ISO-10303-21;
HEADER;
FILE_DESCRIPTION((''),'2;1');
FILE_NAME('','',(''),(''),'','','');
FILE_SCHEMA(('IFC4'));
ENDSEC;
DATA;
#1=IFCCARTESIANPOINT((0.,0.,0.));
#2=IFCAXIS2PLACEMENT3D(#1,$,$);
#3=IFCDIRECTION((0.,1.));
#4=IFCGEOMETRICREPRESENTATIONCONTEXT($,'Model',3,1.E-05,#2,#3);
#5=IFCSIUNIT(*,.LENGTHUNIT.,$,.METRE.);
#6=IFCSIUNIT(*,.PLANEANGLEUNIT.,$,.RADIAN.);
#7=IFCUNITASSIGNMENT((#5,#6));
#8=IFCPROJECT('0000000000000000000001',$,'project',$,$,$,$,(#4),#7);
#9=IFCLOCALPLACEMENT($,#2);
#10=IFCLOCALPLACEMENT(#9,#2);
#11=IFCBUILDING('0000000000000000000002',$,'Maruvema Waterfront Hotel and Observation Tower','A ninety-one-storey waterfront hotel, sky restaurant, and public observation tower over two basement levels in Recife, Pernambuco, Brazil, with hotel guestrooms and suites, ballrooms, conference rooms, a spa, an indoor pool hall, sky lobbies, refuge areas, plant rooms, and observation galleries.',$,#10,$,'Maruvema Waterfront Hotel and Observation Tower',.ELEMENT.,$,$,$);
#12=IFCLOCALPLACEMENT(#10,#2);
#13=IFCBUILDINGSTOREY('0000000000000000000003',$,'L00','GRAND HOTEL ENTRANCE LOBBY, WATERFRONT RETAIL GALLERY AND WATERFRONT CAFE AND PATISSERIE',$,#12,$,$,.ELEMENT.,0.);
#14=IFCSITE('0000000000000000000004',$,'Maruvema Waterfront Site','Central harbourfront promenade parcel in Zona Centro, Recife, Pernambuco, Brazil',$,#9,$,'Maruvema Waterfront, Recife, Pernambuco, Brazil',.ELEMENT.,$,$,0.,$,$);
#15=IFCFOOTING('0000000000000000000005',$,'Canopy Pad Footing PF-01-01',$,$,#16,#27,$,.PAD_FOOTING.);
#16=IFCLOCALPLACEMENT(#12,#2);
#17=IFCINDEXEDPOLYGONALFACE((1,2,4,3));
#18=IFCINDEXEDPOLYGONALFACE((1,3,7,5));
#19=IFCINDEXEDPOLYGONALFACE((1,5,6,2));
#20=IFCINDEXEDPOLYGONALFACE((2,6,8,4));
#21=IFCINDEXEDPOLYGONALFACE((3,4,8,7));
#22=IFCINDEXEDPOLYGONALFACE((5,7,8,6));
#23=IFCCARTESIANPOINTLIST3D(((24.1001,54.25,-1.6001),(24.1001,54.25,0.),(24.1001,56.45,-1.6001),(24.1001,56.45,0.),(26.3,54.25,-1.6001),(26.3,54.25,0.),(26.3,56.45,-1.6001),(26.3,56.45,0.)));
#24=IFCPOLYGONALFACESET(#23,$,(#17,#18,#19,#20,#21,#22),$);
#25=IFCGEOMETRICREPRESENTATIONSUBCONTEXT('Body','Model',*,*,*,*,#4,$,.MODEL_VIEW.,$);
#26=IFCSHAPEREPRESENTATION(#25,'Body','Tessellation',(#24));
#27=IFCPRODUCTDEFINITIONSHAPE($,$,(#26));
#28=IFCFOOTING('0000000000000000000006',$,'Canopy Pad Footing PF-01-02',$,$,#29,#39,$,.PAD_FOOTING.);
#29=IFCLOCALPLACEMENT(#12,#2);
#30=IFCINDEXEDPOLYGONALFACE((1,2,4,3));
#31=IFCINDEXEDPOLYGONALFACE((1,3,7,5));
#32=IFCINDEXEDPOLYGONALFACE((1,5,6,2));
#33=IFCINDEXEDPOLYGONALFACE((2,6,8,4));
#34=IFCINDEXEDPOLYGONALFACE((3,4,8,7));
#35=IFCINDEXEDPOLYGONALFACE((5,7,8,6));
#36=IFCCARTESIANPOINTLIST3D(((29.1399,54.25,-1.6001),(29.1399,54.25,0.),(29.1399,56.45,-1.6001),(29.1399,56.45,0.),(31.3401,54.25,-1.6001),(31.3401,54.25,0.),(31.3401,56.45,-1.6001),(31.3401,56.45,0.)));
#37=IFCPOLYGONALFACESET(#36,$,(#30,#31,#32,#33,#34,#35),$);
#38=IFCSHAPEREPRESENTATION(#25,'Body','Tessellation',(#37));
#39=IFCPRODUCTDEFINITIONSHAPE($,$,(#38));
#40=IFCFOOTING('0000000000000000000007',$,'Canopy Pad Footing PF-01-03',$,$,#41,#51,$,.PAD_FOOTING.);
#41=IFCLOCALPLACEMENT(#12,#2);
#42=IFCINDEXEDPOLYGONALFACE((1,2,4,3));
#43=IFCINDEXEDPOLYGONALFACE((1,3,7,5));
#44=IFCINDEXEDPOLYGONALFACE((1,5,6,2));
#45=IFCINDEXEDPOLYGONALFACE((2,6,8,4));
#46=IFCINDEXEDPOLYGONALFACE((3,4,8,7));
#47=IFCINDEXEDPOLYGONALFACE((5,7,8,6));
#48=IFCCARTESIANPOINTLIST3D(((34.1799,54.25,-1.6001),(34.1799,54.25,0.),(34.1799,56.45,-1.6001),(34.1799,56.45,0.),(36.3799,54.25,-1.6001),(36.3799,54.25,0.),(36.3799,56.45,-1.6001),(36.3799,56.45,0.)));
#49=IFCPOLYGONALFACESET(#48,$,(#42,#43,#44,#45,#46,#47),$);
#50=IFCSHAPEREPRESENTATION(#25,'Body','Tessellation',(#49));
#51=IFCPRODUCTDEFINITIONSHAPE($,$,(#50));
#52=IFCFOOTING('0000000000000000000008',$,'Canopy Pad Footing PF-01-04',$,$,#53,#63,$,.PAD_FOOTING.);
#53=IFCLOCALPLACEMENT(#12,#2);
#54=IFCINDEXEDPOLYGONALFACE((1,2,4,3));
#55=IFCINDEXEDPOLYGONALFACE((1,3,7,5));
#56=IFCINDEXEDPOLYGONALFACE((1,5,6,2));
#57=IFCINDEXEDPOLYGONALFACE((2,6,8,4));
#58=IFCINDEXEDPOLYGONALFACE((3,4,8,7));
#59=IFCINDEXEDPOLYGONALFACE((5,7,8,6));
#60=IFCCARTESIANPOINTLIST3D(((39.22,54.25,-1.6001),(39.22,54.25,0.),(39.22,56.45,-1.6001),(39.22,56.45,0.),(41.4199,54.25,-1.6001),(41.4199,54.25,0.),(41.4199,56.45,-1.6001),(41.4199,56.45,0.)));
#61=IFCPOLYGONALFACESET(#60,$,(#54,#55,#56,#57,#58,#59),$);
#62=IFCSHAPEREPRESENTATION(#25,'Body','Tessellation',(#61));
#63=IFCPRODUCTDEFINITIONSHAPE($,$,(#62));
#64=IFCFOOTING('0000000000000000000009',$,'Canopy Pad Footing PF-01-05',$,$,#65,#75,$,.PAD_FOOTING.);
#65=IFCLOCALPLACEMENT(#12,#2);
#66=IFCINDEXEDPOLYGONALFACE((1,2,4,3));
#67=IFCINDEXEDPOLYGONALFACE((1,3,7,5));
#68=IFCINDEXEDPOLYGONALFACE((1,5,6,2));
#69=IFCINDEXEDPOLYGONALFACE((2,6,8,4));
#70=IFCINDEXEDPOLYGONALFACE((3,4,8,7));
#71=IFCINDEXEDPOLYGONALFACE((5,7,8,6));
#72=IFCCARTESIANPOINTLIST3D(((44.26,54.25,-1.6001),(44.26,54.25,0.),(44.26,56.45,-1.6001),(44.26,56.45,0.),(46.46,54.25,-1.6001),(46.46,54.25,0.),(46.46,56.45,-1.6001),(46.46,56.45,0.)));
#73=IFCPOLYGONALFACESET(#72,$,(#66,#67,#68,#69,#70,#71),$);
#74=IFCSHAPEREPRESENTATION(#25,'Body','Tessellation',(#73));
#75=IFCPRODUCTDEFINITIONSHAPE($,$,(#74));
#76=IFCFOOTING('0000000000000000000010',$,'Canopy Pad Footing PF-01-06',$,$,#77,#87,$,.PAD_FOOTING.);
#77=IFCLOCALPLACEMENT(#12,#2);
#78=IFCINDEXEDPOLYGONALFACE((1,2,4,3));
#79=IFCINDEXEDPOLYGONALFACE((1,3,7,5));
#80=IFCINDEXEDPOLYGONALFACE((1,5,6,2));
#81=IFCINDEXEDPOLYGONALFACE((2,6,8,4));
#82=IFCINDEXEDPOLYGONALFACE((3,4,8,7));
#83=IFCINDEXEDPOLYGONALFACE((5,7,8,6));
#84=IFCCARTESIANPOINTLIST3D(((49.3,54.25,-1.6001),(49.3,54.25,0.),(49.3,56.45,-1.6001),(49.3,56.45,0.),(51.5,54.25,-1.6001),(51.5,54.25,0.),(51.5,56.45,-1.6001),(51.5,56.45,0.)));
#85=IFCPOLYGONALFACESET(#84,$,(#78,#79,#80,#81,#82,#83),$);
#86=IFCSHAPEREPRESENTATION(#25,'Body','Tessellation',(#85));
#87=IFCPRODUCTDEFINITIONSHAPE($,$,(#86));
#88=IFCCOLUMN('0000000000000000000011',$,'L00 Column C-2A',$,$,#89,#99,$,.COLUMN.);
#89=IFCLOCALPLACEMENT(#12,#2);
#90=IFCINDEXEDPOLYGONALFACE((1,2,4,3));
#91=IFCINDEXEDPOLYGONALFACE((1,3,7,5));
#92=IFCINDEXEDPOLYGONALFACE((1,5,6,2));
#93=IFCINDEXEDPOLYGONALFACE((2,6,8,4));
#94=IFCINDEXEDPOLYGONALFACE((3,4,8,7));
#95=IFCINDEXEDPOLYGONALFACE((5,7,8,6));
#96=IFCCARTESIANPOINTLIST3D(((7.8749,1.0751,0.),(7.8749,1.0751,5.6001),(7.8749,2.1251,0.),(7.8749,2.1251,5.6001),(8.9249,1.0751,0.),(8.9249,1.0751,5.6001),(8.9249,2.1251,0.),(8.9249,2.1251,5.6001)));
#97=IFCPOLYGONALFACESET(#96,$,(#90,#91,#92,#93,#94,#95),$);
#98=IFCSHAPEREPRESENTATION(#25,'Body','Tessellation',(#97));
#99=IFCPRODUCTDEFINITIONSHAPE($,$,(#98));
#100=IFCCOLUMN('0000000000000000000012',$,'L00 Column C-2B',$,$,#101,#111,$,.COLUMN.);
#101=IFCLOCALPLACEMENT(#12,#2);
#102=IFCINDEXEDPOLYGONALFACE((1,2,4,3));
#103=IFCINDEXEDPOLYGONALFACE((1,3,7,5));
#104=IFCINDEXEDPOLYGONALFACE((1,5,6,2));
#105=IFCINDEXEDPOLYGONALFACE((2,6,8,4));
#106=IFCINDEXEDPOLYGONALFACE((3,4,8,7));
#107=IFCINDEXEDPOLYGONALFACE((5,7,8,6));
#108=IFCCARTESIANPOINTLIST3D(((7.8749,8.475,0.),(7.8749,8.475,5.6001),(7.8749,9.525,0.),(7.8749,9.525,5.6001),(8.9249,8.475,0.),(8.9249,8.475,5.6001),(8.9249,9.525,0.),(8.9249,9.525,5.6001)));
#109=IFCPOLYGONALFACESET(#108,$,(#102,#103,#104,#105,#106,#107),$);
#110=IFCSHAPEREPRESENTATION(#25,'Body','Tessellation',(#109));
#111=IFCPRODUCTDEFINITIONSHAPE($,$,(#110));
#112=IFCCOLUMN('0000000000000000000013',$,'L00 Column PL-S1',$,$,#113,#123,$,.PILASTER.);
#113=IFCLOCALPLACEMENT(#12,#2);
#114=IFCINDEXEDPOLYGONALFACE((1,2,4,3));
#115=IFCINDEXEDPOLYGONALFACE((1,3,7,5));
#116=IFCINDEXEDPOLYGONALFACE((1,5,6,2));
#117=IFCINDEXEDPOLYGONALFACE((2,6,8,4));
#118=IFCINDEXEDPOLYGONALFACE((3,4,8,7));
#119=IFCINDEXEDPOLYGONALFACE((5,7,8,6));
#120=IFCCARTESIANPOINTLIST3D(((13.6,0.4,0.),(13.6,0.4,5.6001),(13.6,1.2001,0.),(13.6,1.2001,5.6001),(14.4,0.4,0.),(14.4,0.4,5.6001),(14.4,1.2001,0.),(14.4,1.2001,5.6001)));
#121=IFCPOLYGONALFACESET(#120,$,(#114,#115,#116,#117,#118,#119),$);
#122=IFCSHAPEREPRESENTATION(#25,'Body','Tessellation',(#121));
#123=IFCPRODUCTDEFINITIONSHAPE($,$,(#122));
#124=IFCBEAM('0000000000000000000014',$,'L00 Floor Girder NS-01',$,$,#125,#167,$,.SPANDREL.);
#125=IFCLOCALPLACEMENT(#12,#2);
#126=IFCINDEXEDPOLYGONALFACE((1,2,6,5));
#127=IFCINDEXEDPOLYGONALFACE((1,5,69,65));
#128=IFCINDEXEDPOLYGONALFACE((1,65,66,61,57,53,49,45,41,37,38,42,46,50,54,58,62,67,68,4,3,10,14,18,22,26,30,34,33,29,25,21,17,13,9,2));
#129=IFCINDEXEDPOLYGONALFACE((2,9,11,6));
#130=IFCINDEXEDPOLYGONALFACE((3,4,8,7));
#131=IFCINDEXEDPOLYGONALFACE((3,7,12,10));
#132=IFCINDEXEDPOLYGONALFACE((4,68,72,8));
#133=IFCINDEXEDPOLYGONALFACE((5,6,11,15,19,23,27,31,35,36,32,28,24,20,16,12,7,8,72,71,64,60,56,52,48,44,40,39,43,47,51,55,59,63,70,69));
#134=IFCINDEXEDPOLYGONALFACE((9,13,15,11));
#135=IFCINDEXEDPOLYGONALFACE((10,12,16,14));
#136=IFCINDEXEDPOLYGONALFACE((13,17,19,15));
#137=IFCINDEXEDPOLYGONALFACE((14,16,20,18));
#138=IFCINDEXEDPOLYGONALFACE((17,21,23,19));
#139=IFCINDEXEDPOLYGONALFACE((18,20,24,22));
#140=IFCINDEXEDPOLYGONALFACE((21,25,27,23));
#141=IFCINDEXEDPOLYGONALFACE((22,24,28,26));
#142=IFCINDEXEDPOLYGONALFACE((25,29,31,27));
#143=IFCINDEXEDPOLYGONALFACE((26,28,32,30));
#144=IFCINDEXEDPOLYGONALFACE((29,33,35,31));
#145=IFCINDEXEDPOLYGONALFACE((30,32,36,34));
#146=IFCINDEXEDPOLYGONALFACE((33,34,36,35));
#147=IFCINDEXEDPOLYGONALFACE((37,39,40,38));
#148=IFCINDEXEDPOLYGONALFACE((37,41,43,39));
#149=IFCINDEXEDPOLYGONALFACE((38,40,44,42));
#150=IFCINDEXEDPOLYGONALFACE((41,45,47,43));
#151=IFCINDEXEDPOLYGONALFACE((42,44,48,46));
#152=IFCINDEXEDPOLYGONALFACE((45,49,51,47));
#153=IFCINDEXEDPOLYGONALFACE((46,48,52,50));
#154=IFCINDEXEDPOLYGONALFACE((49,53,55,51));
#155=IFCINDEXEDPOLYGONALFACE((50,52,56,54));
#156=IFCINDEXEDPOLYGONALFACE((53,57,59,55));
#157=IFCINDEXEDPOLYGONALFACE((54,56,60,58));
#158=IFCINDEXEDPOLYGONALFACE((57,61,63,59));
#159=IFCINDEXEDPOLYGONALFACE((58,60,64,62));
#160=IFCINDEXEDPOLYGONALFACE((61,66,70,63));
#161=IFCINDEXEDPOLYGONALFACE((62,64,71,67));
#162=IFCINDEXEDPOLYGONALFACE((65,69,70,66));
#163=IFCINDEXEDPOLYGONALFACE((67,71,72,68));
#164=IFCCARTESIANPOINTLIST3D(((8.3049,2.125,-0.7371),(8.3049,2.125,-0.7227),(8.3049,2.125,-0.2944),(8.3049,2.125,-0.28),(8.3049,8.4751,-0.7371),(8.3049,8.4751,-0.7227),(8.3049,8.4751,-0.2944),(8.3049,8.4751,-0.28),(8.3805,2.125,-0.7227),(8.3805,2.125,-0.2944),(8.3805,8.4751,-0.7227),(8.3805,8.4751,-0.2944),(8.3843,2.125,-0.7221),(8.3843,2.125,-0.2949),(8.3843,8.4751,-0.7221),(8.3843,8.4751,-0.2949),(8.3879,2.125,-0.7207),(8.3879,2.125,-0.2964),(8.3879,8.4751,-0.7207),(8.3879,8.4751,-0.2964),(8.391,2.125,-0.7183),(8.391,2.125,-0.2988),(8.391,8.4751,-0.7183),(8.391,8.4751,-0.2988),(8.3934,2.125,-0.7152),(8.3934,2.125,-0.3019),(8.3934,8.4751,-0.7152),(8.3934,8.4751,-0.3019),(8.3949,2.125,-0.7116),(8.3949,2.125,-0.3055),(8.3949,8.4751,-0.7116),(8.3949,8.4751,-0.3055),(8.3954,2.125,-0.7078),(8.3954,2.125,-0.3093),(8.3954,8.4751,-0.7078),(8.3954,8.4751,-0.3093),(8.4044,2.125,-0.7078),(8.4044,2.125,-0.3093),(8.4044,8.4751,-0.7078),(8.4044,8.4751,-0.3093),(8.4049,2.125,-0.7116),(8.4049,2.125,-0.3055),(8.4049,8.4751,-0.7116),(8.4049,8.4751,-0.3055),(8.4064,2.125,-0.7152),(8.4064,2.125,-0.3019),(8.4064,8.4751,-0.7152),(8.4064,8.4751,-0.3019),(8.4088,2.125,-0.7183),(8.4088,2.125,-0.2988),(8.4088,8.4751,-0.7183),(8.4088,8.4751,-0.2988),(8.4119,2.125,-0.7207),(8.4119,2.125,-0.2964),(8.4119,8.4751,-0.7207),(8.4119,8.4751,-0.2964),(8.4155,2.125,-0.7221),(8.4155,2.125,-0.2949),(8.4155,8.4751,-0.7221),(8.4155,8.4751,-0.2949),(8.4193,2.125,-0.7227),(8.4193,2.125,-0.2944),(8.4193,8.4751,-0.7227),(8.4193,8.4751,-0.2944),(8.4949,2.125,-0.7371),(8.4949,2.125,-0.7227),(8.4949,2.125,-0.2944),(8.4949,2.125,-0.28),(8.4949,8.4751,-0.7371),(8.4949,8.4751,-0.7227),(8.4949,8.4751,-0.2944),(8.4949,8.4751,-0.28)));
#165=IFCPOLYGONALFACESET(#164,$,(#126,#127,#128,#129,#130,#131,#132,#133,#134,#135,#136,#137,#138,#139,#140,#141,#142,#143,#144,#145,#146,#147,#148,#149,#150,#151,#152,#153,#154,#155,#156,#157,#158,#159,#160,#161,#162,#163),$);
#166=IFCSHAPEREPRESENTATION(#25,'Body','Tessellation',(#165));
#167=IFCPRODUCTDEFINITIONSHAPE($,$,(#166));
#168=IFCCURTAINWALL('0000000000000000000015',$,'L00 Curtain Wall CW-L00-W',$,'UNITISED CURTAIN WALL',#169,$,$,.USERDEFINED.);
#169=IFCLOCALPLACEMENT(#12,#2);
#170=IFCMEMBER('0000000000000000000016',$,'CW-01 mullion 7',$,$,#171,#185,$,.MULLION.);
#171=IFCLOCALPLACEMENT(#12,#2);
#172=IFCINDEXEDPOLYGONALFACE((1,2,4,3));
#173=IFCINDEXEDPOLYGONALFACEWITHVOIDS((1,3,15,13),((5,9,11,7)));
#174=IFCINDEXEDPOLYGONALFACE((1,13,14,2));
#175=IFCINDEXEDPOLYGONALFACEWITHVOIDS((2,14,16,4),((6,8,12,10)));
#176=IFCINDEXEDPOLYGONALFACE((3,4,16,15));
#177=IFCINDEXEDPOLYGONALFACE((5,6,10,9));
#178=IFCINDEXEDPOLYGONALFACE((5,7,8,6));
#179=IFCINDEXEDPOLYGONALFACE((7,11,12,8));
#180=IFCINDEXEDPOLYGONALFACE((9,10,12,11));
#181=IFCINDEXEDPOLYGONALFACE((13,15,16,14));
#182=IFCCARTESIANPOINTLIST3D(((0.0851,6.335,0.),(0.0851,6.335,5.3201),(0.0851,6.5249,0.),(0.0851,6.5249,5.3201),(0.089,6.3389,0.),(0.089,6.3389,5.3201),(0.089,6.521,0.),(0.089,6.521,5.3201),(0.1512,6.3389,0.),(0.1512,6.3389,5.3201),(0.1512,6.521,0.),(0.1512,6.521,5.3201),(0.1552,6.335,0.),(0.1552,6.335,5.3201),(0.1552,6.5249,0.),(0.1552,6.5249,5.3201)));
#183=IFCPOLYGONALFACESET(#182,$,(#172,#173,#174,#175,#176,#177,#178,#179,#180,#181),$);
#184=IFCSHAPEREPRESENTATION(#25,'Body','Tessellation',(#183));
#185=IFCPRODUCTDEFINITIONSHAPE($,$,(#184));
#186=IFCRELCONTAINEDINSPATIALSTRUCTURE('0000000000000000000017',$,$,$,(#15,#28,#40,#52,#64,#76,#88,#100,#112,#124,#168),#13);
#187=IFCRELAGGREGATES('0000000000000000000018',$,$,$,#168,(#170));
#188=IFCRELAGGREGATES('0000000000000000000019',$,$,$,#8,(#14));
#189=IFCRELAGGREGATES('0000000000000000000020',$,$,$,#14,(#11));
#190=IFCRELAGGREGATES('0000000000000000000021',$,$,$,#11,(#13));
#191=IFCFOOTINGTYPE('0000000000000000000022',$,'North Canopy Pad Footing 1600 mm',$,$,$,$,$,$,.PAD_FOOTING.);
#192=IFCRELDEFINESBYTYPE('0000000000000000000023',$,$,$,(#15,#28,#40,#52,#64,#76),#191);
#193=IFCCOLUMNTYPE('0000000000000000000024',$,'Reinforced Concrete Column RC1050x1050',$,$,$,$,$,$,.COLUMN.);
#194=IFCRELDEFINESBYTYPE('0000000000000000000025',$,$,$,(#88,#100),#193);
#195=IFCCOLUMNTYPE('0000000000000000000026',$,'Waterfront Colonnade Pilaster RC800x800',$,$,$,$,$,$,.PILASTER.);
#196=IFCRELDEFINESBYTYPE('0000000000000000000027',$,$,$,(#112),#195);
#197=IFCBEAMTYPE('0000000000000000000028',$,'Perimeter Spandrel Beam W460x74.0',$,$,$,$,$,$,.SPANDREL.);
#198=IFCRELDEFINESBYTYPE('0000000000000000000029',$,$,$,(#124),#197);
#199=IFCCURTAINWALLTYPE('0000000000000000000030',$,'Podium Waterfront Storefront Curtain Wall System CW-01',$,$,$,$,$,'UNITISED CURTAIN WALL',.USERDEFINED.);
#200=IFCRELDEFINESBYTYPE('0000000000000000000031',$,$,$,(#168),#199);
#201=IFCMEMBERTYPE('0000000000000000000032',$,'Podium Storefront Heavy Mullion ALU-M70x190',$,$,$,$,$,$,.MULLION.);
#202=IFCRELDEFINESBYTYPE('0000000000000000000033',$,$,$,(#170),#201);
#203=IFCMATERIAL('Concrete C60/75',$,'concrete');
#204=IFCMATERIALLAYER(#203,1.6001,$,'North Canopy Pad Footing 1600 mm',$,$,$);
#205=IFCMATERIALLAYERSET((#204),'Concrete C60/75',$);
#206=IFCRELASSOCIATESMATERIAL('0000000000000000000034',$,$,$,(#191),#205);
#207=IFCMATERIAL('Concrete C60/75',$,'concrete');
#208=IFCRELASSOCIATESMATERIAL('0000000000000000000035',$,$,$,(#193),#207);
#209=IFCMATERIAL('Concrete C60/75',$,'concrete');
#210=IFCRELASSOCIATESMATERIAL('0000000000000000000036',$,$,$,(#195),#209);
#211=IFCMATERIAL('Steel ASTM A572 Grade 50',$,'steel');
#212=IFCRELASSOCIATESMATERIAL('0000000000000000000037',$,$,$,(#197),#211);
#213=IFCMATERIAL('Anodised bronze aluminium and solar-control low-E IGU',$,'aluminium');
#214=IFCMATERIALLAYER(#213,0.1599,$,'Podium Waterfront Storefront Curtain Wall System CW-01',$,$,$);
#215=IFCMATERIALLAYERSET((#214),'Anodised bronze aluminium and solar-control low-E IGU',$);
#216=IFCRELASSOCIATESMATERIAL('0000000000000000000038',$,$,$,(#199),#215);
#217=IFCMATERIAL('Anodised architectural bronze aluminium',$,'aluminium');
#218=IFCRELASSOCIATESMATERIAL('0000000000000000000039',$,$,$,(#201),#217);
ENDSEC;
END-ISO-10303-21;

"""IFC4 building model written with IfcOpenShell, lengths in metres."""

from ifc_helpers import new_model, si_unit, direction, frame, origin, origin_2d, place, context, subcontext, project, spatial, polyline, rectangle, hollow_rectangle, i_section, outline, extrude, material, layer, layer_set, material_profile, profile_set, type_object, element, aggregate, save


model = new_model("IFC4")

# Units and contexts
model_context = context("Model", 3, precision=1e-05, world=origin(), true_north=direction((0.0, 1.0)))
body_context = subcontext(model_context, "Body", "Model", "MODEL_VIEW")
ifc_project = project(units=[si_unit("LENGTHUNIT", "METRE"), si_unit("PLANEANGLEUNIT", "RADIAN")], contexts=[model_context])

# Site, building, storey
site_placement = place(None, origin())
site = spatial("IfcSite", under=ifc_project, at=site_placement, Name="Maruvema Waterfront Site", Description="Central harbourfront promenade parcel in Zona Centro, Recife, Pernambuco, Brazil", LongName="Maruvema Waterfront, Recife, Pernambuco, Brazil", CompositionType="ELEMENT", RefElevation=0.0)
building_placement = place(site_placement, origin())
building = spatial("IfcBuilding", under=site, at=building_placement, Name="Maruvema Waterfront Hotel and Observation Tower", Description="A ninety-one-storey waterfront hotel, sky restaurant, and public observation tower over two basement levels in Recife, Pernambuco, Brazil, with hotel guestrooms and suites, ballrooms, conference rooms, a spa, an indoor pool hall, sky lobbies, refuge areas, plant rooms, and observation galleries.", LongName="Maruvema Waterfront Hotel and Observation Tower", CompositionType="ELEMENT")
storey_placement = place(building_placement, origin())
storey = spatial("IfcBuildingStorey", under=building, at=storey_placement, Name="L00", Description="GRAND HOTEL ENTRANCE LOBBY, WATERFRONT RETAIL GALLERY AND WATERFRONT CAFE AND PATISSERIE", CompositionType="ELEMENT", Elevation=0.0)

# Footings
ifc_material_1 = material(Name="Concrete C60/75", Category="concrete")
ifc_layer_1 = layer(ifc_material_1, 1.6001, Name="North Canopy Pad Footing 1600 mm")
ifc_layer_set_1 = layer_set([ifc_layer_1], Name="Concrete C60/75")
footing_type = type_object("IfcFootingType", Name="North Canopy Pad Footing 1600 mm", PredefinedType="PAD_FOOTING", material=ifc_layer_set_1)
footing_1_placement = place(storey_placement, frame((0.0, 0.0, -1.6001)))
element("IfcFooting", 1, at=footing_1_placement, inside=storey, type_object=footing_type, Name="Canopy Pad Footing PF-01-01", PredefinedType="PAD_FOOTING", context=body_context, shape_type="SweptSolid", body=[
    extrude(outline(polyline([(24.1001, 54.25), (26.3, 54.25), (26.3, 56.45), (24.1001, 56.45), (24.1001, 54.25)])), origin(), (0.0, 0.0, 1.0), 1.6001),
])
footing_2_placement = place(storey_placement, frame((0.0, 0.0, -1.6001)))
element("IfcFooting", 2, at=footing_2_placement, inside=storey, type_object=footing_type, Name="Canopy Pad Footing PF-01-02", PredefinedType="PAD_FOOTING", context=body_context, shape_type="SweptSolid", body=[
    extrude(outline(polyline([(29.1399, 54.25), (31.3401, 54.25), (31.3401, 56.45), (29.1399, 56.45), (29.1399, 54.25)])), origin(), (0.0, 0.0, 1.0), 1.6001),
])
footing_3_placement = place(storey_placement, frame((0.0, 0.0, -1.6001)))
element("IfcFooting", 3, at=footing_3_placement, inside=storey, type_object=footing_type, Name="Canopy Pad Footing PF-01-03", PredefinedType="PAD_FOOTING", context=body_context, shape_type="SweptSolid", body=[
    extrude(outline(polyline([(34.1799, 54.25), (36.3799, 54.25), (36.3799, 56.45), (34.1799, 56.45), (34.1799, 54.25)])), origin(), (0.0, 0.0, 1.0), 1.6001),
])
footing_4_placement = place(storey_placement, frame((0.0, 0.0, -1.6001)))
element("IfcFooting", 4, at=footing_4_placement, inside=storey, type_object=footing_type, Name="Canopy Pad Footing PF-01-04", PredefinedType="PAD_FOOTING", context=body_context, shape_type="SweptSolid", body=[
    extrude(outline(polyline([(39.22, 54.25), (41.4199, 54.25), (41.4199, 56.45), (39.22, 56.45), (39.22, 54.25)])), origin(), (0.0, 0.0, 1.0), 1.6001),
])
footing_5_placement = place(storey_placement, frame((0.0, 0.0, -1.6001)))
element("IfcFooting", 5, at=footing_5_placement, inside=storey, type_object=footing_type, Name="Canopy Pad Footing PF-01-05", PredefinedType="PAD_FOOTING", context=body_context, shape_type="SweptSolid", body=[
    extrude(outline(polyline([(44.26, 54.25), (46.46, 54.25), (46.46, 56.45), (44.26, 56.45), (44.26, 54.25)])), origin(), (0.0, 0.0, 1.0), 1.6001),
])
footing_6_placement = place(storey_placement, frame((0.0, 0.0, -1.6001)))
element("IfcFooting", 6, at=footing_6_placement, inside=storey, type_object=footing_type, Name="Canopy Pad Footing PF-01-06", PredefinedType="PAD_FOOTING", context=body_context, shape_type="SweptSolid", body=[
    extrude(outline(polyline([(49.3, 54.25), (51.5, 54.25), (51.5, 56.45), (49.3, 56.45), (49.3, 54.25)])), origin(), (0.0, 0.0, 1.0), 1.6001),
])

# Columns
ifc_material_2 = material(Name="Concrete C60/75", Category="concrete")
ifc_material_profile_1 = material_profile(ifc_material_2, rectangle(XDim=1.05, YDim=1.05, at=origin_2d()), Name="RC1050x1050")
ifc_profile_set_1 = profile_set([ifc_material_profile_1], Name="Concrete C60/75")
column_type_1 = type_object("IfcColumnType", Name="Reinforced Concrete Column RC1050x1050", PredefinedType="COLUMN", material=ifc_profile_set_1)
for number, where, z_axis, x_axis, name in (
    (7, (8.3999, 1.6001, 0.0), (0.0, 0.0, 1.0), (1.0, 0.0, 0.0), "L00 Column C-2A"),
    (8, (8.3999, 9.0, 0.0), (0.0, 0.0, 1.0), (1.0, 0.0, 0.0), "L00 Column C-2B"),
):
    element("IfcColumn", number, at=place(storey_placement, frame(where, z_axis=z_axis, x_axis=x_axis)), inside=storey, type_object=column_type_1, Name=name, PredefinedType="COLUMN", context=body_context, shape_type="SweptSolid", body=[
        extrude(rectangle(XDim=1.05, YDim=1.05, at=origin_2d()), origin(), (0.0, 0.0, 1.0), 5.6001),
    ])
ifc_material_3 = material(Name="Concrete C60/75", Category="concrete")
ifc_material_profile_2 = material_profile(ifc_material_3, rectangle(XDim=0.8, YDim=0.8, at=origin_2d()), Name="RC800x800")
ifc_profile_set_2 = profile_set([ifc_material_profile_2], Name="Concrete C60/75")
column_type_2 = type_object("IfcColumnType", Name="Waterfront Colonnade Pilaster RC800x800", PredefinedType="PILASTER", material=ifc_profile_set_2)
column_placement = place(storey_placement, frame((14.0, 0.8, 0.0), z_axis=(0.0, 0.0, 1.0), x_axis=(1.0, 0.0, 0.0)))
element("IfcColumn", 9, at=column_placement, inside=storey, type_object=column_type_2, Name="L00 Column PL-S1", PredefinedType="PILASTER", context=body_context, shape_type="SweptSolid", body=[
    extrude(rectangle(XDim=0.8, YDim=0.8, at=origin_2d()), origin(), (0.0, 0.0, 1.0), 5.6001),
])

# Beam
ifc_material_4 = material(Name="Steel ASTM A572 Grade 50", Category="steel")
ifc_material_profile_3 = material_profile(ifc_material_4, i_section(OverallWidth=0.1899, OverallDepth=0.457, WebThickness=0.009, FlangeThickness=0.0144, FilletRadius=0.0149, at=origin_2d()), Name="W460x74.0")
ifc_profile_set_3 = profile_set([ifc_material_profile_3], Name="Steel ASTM A572 Grade 50")
beam_type_1 = type_object("IfcBeamType", Name="Perimeter Spandrel Beam W460x74.0", PredefinedType="SPANDREL", material=ifc_profile_set_3)
beam_1_placement = place(storey_placement, frame((8.3999, 2.125, -0.5085), z_axis=(0.0, 1.0, 0.0), x_axis=(-1.0, 0.0, 0.0)))
element("IfcBeam", 10, at=beam_1_placement, inside=storey, type_object=beam_type_1, Name="L00 Floor Girder NS-01", PredefinedType="SPANDREL", context=body_context, shape_type="SweptSolid", body=[
    extrude(i_section(OverallWidth=0.1899, OverallDepth=0.457, WebThickness=0.009, FlangeThickness=0.0144, FilletRadius=0.0149, at=origin_2d()), origin(), (0.0, 0.0, 1.0), 6.3501),
])

# Curtain wall, member
ifc_material_5 = material(Name="Anodised bronze aluminium and solar-control low-E IGU", Category="aluminium")
ifc_layer_2 = layer(ifc_material_5, 0.1599, Name="Podium Waterfront Storefront Curtain Wall System CW-01")
ifc_layer_set_2 = layer_set([ifc_layer_2], Name="Anodised bronze aluminium and solar-control low-E IGU")
curtain_wall_type = type_object("IfcCurtainWallType", Name="Podium Waterfront Storefront Curtain Wall System CW-01", ElementType="UNITISED CURTAIN WALL", PredefinedType="USERDEFINED", material=ifc_layer_set_2)
curtain_wall_placement = place(storey_placement, origin())
curtain_wall = element("IfcCurtainWall", 11, at=curtain_wall_placement, inside=storey, type_object=curtain_wall_type, Name="L00 Curtain Wall CW-L00-W", ObjectType="UNITISED CURTAIN WALL", PredefinedType="USERDEFINED")
ifc_material_6 = material(Name="Anodised architectural bronze aluminium", Category="aluminium")
ifc_material_profile_4 = material_profile(ifc_material_6, hollow_rectangle(XDim=0.0701, YDim=0.1899, WallThickness=0.0039, at=origin_2d()), Name="ALU-M70x190")
ifc_profile_set_4 = profile_set([ifc_material_profile_4], Name="Anodised architectural bronze aluminium")
member_type = type_object("IfcMemberType", Name="Podium Storefront Heavy Mullion ALU-M70x190", PredefinedType="MULLION", material=ifc_profile_set_4)
member_placement = place(storey_placement, frame((0.1201, 6.4299, 0.0), z_axis=(0.0, 0.0, 1.0), x_axis=(1.0, 0.0, 0.0)))
member = element("IfcMember", 12, at=member_placement, type_object=member_type, Name="CW-01 mullion 7", PredefinedType="MULLION", context=body_context, shape_type="SweptSolid", body=[
    extrude(hollow_rectangle(XDim=0.0701, YDim=0.1899, WallThickness=0.0039, at=origin_2d()), origin(), (0.0, 0.0, 1.0), 5.3201),
])
aggregate(curtain_wall, [member])

save(model, "model.ifc")
